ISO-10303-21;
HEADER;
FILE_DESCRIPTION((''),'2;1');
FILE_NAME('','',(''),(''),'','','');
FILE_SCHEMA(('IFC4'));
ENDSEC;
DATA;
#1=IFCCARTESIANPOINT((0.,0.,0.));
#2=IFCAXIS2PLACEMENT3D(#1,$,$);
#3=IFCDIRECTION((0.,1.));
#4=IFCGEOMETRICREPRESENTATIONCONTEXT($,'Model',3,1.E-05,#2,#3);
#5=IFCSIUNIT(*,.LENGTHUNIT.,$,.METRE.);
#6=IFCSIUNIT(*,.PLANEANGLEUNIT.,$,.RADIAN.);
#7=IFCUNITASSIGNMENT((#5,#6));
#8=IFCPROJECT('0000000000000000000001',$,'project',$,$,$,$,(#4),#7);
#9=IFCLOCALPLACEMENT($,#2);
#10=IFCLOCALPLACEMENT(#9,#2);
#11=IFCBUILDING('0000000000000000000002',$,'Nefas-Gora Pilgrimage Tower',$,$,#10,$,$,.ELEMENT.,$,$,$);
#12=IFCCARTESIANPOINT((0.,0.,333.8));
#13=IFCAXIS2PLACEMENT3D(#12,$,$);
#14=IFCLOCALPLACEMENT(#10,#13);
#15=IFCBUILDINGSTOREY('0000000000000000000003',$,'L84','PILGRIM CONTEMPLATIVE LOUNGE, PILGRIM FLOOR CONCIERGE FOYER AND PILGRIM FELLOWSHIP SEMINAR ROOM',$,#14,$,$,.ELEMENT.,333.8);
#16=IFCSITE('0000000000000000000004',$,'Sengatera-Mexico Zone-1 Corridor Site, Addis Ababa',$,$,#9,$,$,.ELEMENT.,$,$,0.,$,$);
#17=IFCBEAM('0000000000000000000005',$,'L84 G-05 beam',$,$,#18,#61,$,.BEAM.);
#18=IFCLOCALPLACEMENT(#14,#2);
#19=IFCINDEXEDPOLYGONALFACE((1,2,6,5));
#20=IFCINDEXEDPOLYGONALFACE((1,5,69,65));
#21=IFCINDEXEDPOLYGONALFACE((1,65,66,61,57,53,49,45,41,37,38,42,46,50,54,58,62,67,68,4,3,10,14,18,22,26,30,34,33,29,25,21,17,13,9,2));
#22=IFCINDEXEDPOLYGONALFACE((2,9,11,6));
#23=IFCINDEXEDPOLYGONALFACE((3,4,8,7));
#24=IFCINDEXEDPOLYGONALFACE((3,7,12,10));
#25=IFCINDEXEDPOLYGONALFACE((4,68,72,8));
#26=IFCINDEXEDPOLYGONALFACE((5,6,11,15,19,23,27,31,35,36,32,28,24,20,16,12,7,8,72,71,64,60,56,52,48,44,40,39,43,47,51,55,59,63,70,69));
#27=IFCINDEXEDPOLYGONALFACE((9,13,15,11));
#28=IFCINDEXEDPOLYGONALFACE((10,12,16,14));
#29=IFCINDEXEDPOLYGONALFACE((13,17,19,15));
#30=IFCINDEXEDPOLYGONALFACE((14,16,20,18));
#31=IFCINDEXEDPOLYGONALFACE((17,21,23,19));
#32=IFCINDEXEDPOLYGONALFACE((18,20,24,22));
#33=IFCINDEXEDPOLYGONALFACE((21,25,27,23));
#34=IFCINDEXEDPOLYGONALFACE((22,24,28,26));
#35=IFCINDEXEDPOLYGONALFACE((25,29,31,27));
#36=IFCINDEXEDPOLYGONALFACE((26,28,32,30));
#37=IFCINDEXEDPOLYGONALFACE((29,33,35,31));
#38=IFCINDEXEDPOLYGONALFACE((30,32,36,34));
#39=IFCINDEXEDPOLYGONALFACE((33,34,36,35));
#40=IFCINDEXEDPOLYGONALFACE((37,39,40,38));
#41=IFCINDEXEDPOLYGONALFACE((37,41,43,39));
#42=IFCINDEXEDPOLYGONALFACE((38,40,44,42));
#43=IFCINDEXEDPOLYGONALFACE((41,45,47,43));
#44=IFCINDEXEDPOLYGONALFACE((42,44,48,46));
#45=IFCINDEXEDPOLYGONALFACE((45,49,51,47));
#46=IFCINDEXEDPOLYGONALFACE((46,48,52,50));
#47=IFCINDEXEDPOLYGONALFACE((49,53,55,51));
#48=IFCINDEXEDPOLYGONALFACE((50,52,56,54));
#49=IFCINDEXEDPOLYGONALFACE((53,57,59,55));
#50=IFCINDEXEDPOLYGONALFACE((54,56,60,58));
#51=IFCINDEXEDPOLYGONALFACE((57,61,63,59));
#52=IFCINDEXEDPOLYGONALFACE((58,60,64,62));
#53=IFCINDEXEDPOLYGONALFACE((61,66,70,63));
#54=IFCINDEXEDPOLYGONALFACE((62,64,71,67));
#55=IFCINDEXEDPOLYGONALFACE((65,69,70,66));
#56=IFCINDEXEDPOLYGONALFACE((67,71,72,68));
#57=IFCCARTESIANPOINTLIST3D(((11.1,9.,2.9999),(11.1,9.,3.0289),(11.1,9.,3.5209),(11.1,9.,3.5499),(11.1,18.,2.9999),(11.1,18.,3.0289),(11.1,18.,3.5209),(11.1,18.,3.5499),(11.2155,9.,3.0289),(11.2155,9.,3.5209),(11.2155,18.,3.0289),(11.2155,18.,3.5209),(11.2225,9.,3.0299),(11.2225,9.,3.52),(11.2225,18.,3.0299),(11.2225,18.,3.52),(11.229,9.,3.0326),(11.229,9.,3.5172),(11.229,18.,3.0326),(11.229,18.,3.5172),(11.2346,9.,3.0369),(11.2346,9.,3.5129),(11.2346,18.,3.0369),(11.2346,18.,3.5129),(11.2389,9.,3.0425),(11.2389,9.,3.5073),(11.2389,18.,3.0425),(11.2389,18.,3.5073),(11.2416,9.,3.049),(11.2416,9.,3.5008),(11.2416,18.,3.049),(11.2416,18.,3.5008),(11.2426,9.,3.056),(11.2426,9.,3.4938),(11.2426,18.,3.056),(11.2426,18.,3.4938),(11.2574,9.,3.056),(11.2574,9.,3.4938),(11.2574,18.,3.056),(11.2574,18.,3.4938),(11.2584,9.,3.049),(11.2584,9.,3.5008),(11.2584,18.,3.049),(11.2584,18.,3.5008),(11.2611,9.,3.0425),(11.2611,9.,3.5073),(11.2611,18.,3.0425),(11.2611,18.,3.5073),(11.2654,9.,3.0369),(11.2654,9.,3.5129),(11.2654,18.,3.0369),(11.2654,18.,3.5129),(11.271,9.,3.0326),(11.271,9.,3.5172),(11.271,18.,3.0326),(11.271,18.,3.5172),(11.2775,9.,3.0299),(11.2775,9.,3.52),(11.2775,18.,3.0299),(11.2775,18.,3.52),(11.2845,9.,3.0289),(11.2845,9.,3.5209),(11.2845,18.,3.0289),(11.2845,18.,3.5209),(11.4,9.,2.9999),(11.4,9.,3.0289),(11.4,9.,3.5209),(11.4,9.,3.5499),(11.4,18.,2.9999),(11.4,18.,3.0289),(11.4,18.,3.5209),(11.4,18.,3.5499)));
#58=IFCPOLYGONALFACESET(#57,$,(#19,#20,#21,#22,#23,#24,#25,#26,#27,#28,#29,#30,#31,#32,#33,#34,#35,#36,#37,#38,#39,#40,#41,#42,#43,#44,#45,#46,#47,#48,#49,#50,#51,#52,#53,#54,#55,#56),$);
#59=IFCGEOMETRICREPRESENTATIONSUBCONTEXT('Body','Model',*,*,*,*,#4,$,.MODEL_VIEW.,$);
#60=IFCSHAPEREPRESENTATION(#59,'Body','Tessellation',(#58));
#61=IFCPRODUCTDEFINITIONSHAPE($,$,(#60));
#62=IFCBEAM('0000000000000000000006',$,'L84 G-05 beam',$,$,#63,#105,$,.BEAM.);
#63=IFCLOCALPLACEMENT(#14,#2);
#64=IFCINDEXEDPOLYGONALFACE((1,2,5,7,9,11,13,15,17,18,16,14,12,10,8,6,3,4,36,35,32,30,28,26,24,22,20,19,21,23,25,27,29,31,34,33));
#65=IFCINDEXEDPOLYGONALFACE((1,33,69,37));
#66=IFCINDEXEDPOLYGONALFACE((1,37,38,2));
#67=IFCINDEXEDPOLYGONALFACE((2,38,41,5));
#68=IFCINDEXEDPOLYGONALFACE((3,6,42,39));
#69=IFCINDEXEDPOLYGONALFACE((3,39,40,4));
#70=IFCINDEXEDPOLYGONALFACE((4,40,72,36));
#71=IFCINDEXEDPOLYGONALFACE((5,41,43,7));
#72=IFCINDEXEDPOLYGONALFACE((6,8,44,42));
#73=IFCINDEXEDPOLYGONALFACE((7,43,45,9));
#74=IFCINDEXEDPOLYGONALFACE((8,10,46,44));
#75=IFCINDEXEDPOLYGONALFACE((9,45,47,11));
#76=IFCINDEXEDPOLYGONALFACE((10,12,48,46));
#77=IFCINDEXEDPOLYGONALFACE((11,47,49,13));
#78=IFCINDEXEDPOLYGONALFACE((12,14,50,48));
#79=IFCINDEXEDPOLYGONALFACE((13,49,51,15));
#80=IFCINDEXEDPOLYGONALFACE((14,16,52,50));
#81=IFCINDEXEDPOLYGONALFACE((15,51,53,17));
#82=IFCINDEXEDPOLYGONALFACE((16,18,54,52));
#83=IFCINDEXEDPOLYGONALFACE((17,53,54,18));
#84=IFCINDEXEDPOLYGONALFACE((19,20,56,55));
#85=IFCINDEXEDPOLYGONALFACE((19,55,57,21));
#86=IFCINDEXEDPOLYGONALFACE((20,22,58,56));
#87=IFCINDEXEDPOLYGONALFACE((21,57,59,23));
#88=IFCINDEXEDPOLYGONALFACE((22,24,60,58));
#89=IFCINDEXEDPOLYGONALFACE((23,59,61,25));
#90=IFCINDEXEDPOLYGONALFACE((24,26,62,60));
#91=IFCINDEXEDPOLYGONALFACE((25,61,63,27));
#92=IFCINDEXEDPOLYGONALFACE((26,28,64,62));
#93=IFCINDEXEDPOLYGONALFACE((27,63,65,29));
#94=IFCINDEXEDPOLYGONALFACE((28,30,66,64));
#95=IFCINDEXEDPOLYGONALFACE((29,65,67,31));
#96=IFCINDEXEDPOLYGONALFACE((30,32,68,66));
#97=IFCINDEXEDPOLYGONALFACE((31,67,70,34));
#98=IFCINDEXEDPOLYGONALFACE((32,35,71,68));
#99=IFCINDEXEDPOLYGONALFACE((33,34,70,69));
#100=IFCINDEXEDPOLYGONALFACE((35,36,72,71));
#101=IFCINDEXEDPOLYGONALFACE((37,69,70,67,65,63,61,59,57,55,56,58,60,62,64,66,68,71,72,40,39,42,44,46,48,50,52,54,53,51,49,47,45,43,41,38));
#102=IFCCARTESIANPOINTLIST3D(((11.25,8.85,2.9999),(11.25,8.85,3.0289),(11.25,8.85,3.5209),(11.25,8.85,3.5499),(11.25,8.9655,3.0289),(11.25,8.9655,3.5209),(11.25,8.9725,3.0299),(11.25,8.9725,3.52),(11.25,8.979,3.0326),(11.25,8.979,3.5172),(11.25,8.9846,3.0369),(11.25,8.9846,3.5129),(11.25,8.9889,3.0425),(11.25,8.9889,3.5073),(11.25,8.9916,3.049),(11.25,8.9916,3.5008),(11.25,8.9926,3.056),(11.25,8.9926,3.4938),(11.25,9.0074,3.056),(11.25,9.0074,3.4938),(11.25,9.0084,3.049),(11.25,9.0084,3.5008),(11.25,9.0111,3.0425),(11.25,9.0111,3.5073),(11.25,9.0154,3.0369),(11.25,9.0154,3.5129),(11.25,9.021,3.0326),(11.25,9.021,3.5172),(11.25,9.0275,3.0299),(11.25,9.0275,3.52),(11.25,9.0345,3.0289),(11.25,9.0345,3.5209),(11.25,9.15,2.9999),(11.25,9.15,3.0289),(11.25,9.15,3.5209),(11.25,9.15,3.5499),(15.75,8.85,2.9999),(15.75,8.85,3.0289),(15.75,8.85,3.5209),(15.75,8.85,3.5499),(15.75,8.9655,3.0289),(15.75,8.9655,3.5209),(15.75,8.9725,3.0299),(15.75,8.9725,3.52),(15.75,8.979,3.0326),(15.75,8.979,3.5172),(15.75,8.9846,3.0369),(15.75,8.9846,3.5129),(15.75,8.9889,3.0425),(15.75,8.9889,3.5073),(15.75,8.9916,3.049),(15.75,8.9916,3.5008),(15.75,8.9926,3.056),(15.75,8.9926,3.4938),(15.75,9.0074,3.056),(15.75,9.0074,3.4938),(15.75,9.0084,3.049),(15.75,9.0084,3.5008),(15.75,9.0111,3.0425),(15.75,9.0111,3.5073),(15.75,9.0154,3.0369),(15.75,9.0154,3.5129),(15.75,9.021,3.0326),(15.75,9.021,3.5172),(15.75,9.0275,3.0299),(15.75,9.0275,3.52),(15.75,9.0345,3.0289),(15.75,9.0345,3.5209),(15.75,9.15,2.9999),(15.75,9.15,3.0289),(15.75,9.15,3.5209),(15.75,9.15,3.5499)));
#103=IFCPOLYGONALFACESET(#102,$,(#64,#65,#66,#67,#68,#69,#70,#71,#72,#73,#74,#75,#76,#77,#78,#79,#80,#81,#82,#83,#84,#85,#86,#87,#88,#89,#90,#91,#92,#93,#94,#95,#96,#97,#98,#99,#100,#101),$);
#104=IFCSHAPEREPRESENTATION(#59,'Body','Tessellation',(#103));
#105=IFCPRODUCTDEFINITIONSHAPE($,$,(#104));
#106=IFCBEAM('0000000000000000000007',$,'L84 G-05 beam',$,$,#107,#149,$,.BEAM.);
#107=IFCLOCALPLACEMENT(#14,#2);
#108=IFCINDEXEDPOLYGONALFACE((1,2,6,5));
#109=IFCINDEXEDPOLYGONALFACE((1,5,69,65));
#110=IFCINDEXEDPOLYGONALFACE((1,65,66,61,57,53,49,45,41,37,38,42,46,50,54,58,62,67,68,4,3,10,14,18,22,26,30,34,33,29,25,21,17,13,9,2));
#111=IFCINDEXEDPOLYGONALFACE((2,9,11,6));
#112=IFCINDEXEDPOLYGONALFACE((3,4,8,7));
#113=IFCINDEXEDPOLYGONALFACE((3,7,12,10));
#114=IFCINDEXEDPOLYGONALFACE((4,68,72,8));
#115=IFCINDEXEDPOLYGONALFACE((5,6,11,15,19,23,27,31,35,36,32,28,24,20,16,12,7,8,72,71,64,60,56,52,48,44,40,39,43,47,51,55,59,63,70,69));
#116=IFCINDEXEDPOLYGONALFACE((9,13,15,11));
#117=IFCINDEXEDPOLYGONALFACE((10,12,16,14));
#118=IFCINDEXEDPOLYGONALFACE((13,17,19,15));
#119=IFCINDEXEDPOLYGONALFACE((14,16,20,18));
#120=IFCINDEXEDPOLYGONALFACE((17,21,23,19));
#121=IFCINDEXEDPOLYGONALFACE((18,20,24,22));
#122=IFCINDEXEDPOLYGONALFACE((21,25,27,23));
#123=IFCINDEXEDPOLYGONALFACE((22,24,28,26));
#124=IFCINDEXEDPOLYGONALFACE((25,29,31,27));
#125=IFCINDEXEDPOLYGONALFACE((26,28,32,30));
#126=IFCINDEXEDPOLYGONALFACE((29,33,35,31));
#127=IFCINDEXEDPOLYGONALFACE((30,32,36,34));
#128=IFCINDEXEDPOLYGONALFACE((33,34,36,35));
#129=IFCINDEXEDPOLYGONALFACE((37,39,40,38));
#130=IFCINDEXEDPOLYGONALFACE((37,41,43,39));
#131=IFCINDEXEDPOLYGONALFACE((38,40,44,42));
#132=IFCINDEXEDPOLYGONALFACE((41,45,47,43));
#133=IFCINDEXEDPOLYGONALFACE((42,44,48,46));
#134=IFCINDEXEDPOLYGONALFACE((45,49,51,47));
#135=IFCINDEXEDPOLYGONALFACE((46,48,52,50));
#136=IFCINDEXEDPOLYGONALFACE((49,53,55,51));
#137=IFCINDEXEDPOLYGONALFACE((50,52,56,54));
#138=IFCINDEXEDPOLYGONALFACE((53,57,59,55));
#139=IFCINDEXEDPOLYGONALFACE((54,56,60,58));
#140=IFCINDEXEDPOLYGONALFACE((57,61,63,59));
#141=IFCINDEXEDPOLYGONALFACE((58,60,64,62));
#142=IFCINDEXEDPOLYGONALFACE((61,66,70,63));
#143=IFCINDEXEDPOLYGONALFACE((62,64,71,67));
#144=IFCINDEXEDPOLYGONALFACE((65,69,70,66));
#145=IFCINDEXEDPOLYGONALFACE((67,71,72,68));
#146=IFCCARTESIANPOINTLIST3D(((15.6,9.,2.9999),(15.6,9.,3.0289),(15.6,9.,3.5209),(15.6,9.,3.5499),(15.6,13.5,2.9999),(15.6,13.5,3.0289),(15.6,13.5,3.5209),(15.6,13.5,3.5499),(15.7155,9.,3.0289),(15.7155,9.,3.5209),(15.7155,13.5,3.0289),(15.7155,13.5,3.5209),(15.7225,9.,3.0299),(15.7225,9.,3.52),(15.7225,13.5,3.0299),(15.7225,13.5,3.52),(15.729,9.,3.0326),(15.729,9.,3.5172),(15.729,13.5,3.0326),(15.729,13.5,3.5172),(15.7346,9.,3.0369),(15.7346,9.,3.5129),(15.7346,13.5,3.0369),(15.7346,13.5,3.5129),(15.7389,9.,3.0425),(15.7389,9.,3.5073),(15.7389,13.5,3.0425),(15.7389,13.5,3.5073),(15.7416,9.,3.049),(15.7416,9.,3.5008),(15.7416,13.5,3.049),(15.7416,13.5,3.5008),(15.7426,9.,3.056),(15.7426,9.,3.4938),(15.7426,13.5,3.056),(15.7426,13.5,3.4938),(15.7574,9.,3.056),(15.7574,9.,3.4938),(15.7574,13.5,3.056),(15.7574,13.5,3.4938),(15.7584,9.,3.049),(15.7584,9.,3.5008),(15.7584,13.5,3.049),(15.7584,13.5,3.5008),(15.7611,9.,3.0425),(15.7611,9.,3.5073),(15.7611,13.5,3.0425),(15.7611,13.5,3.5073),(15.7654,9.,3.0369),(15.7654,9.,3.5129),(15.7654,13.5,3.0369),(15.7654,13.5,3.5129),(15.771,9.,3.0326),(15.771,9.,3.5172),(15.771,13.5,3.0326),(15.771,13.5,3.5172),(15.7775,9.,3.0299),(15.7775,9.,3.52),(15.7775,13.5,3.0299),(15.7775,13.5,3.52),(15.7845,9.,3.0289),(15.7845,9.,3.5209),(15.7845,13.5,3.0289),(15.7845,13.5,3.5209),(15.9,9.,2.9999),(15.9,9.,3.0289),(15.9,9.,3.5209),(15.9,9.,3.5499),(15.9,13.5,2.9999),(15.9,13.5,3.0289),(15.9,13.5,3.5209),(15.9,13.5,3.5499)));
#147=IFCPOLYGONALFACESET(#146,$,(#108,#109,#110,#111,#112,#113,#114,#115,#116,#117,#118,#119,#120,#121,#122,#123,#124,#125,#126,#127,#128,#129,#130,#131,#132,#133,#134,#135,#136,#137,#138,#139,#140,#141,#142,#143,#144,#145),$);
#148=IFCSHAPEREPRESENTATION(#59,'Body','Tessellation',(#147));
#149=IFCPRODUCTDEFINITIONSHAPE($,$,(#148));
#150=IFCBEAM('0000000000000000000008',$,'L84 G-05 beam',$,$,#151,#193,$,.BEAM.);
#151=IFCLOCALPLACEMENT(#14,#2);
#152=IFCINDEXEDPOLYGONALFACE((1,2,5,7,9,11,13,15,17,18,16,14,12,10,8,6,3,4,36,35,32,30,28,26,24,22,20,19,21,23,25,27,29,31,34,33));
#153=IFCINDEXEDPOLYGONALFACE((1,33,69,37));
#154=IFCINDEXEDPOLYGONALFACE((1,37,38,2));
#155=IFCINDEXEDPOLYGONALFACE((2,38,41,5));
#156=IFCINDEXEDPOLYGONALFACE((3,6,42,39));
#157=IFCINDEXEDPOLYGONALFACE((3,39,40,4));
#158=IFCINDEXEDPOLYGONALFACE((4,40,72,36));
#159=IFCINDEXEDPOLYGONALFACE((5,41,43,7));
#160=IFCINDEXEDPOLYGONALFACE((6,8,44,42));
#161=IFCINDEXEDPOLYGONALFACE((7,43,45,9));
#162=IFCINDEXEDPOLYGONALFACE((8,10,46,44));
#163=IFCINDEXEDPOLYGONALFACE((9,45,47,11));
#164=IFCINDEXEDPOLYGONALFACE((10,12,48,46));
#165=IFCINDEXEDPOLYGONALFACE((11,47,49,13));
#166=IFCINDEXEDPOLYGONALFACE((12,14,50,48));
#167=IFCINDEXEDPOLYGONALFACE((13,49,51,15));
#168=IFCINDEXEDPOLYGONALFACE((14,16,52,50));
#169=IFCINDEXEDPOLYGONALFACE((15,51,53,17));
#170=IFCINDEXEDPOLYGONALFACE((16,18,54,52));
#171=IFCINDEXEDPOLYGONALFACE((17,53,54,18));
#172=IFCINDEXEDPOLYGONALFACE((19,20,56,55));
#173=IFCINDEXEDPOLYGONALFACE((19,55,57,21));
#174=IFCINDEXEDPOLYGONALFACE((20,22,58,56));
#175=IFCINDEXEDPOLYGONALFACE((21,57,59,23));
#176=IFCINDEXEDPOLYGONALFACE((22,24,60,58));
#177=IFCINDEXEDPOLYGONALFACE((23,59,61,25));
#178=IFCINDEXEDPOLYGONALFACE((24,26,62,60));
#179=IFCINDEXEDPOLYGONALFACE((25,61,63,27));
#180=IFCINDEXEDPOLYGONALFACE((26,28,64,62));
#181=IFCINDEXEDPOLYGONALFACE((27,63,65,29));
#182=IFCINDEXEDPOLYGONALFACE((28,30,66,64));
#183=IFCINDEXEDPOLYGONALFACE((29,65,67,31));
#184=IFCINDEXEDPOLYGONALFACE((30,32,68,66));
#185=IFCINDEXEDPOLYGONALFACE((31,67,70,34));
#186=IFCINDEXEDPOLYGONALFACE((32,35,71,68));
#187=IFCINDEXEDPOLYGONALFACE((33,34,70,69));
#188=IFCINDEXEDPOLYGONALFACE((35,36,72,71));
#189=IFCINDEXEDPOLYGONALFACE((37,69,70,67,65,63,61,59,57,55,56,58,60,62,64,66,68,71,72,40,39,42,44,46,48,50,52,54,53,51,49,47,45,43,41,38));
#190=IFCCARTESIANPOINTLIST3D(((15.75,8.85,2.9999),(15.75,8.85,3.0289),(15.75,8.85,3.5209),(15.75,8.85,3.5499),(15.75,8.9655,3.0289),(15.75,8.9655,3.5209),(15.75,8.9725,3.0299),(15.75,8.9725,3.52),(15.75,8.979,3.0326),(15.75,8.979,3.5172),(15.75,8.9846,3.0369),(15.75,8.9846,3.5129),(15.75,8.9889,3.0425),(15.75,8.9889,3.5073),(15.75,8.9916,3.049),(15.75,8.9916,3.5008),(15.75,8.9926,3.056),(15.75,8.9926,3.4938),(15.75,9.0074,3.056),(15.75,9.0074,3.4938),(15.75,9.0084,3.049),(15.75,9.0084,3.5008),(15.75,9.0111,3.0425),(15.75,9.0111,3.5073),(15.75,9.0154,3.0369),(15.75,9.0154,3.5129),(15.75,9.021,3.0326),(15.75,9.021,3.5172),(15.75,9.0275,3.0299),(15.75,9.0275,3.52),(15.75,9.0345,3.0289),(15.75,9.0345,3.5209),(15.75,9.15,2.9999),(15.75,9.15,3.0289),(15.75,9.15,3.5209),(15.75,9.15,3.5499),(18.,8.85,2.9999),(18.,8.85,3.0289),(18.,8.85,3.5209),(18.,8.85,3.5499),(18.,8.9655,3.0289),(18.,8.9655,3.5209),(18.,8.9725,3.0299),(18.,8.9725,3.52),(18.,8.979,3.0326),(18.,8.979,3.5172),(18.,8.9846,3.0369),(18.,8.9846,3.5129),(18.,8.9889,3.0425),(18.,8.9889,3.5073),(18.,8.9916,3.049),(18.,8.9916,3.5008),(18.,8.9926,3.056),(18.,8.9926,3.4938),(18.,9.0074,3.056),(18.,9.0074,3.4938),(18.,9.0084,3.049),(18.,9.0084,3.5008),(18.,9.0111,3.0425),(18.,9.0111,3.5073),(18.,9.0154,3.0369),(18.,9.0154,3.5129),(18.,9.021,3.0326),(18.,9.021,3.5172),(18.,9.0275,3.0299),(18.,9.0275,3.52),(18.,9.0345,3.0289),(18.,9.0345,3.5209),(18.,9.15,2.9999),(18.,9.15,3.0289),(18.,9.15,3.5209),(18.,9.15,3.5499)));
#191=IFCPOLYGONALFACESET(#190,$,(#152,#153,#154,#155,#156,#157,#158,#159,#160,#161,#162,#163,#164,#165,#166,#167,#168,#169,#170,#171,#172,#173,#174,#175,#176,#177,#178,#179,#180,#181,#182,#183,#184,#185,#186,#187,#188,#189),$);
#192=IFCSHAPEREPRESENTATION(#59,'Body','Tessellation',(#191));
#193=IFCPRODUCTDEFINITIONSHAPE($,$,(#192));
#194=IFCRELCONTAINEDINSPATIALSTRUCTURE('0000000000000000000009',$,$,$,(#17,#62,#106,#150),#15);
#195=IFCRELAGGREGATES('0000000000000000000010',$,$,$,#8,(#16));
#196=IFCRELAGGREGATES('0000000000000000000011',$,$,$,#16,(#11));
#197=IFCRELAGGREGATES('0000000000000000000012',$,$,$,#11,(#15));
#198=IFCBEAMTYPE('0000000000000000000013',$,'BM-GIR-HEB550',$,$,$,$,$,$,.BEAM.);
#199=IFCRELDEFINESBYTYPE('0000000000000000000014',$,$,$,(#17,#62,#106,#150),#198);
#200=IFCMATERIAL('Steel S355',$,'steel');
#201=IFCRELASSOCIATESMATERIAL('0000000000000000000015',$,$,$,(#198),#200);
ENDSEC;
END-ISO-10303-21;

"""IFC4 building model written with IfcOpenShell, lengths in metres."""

from ifc_helpers import new_model, si_unit, direction, frame, origin, origin_2d, place, context, subcontext, project, spatial, i_section, extrude, source, transform, mapped, material, material_profile, profile_set, type_object, element, save


model = new_model("IFC4")

# Units and contexts
model_context = context("Model", 3, precision=1e-05, world=origin(), true_north=direction((0.0, 1.0)))
body_context = subcontext(model_context, "Body", "Model", "MODEL_VIEW")
ifc_project = project(units=[si_unit("LENGTHUNIT", "METRE"), si_unit("PLANEANGLEUNIT", "RADIAN")], contexts=[model_context])

# Site, building, storey
site_placement = place(None, origin())
site = spatial("IfcSite", under=ifc_project, at=site_placement, Name="Sengatera-Mexico Zone-1 Corridor Site, Addis Ababa", CompositionType="ELEMENT", RefElevation=0.0)
building_placement = place(site_placement, origin())
building = spatial("IfcBuilding", under=site, at=building_placement, Name="Nefas-Gora Pilgrimage Tower", CompositionType="ELEMENT")
storey_placement = place(building_placement, frame((0.0, 0.0, 333.8)))
storey = spatial("IfcBuildingStorey", under=building, at=storey_placement, Name="L84", Description="PILGRIM CONTEMPLATIVE LOUNGE, PILGRIM FLOOR CONCIERGE FOYER AND PILGRIM FELLOWSHIP SEMINAR ROOM", CompositionType="ELEMENT", Elevation=333.8)

# Shared definitions
ifc_material_1 = material(Name="Steel S355", Category="steel")

# Beams
ifc_material_profile_1 = material_profile(ifc_material_1, i_section(OverallWidth=0.3, OverallDepth=0.55, WebThickness=0.0149, FlangeThickness=0.0291, FilletRadius=0.0271, at=origin_2d()), Name="HEB 550")
ifc_profile_set_1 = profile_set([ifc_material_profile_1], Name="Steel S355")
beam_type_1 = type_object("IfcBeamType", Name="BM-GIR-HEB550", PredefinedType="BEAM", material=ifc_profile_set_1)
shared_shape_1 = source(origin(), body_context, "Body", "SweptSolid", [
    extrude(i_section(OverallWidth=0.3, OverallDepth=0.55, WebThickness=0.0149, FlangeThickness=0.0291, FilletRadius=0.0271, at=origin_2d()), origin(), (0.0, 0.0, 1.0), 9.0),
])
beam_1_placement = place(storey_placement, frame((11.25, 9.0, 3.2749), z_axis=(0.0, 1.0, 0.0), x_axis=(-1.0, 0.0, 0.0)))
element("IfcBeam", 1, at=beam_1_placement, inside=storey, type_object=beam_type_1, Name="L84 G-05 beam", PredefinedType="BEAM", context=body_context, shape_type="MappedRepresentation", body=[
    mapped(shared_shape_1, transform((0.0, 0.0, 0.0), x_axis=(1.0, 0.0, 0.0), y_axis=(0.0, 1.0, 0.0), z_axis=(0.0, 0.0, 1.0), scale=1.0)),
])
shared_shape_2 = source(origin(), body_context, "Body", "SweptSolid", [
    extrude(i_section(OverallWidth=0.3, OverallDepth=0.55, WebThickness=0.0149, FlangeThickness=0.0291, FilletRadius=0.0271, at=origin_2d()), origin(), (0.0, 0.0, 1.0), 4.5),
])
for number, where, z_axis, x_axis, name in (
    (2, (11.25, 9.0, 3.2749), (1.0, 0.0, 0.0), (0.0, 1.0, 0.0), "L84 G-05 beam"),
    (3, (15.75, 9.0, 3.2749), (0.0, 1.0, 0.0), (-1.0, 0.0, 0.0), "L84 G-05 beam"),
):
    element("IfcBeam", number, at=place(storey_placement, frame(where, z_axis=z_axis, x_axis=x_axis)), inside=storey, type_object=beam_type_1, Name=name, PredefinedType="BEAM", context=body_context, shape_type="MappedRepresentation", body=[
        mapped(shared_shape_2, transform((0.0, 0.0, 0.0), x_axis=(1.0, 0.0, 0.0), y_axis=(0.0, 1.0, 0.0), z_axis=(0.0, 0.0, 1.0), scale=1.0)),
    ])
shared_shape_3 = source(origin(), body_context, "Body", "SweptSolid", [
    extrude(i_section(OverallWidth=0.3, OverallDepth=0.55, WebThickness=0.0149, FlangeThickness=0.0291, FilletRadius=0.0271, at=origin_2d()), origin(), (0.0, 0.0, 1.0), 2.25),
])
for number, where, z_axis, x_axis, name in (
    (4, (15.75, 9.0, 3.2749), (1.0, 0.0, 0.0), (0.0, 1.0, 0.0), "L84 G-05 beam"),
):
    element("IfcBeam", number, at=place(storey_placement, frame(where, z_axis=z_axis, x_axis=x_axis)), inside=storey, type_object=beam_type_1, Name=name, PredefinedType="BEAM", context=body_context, shape_type="MappedRepresentation", body=[
        mapped(shared_shape_3, transform((0.0, 0.0, 0.0), x_axis=(1.0, 0.0, 0.0), y_axis=(0.0, 1.0, 0.0), z_axis=(0.0, 0.0, 1.0), scale=1.0)),
    ])

save(model, "model.ifc")
